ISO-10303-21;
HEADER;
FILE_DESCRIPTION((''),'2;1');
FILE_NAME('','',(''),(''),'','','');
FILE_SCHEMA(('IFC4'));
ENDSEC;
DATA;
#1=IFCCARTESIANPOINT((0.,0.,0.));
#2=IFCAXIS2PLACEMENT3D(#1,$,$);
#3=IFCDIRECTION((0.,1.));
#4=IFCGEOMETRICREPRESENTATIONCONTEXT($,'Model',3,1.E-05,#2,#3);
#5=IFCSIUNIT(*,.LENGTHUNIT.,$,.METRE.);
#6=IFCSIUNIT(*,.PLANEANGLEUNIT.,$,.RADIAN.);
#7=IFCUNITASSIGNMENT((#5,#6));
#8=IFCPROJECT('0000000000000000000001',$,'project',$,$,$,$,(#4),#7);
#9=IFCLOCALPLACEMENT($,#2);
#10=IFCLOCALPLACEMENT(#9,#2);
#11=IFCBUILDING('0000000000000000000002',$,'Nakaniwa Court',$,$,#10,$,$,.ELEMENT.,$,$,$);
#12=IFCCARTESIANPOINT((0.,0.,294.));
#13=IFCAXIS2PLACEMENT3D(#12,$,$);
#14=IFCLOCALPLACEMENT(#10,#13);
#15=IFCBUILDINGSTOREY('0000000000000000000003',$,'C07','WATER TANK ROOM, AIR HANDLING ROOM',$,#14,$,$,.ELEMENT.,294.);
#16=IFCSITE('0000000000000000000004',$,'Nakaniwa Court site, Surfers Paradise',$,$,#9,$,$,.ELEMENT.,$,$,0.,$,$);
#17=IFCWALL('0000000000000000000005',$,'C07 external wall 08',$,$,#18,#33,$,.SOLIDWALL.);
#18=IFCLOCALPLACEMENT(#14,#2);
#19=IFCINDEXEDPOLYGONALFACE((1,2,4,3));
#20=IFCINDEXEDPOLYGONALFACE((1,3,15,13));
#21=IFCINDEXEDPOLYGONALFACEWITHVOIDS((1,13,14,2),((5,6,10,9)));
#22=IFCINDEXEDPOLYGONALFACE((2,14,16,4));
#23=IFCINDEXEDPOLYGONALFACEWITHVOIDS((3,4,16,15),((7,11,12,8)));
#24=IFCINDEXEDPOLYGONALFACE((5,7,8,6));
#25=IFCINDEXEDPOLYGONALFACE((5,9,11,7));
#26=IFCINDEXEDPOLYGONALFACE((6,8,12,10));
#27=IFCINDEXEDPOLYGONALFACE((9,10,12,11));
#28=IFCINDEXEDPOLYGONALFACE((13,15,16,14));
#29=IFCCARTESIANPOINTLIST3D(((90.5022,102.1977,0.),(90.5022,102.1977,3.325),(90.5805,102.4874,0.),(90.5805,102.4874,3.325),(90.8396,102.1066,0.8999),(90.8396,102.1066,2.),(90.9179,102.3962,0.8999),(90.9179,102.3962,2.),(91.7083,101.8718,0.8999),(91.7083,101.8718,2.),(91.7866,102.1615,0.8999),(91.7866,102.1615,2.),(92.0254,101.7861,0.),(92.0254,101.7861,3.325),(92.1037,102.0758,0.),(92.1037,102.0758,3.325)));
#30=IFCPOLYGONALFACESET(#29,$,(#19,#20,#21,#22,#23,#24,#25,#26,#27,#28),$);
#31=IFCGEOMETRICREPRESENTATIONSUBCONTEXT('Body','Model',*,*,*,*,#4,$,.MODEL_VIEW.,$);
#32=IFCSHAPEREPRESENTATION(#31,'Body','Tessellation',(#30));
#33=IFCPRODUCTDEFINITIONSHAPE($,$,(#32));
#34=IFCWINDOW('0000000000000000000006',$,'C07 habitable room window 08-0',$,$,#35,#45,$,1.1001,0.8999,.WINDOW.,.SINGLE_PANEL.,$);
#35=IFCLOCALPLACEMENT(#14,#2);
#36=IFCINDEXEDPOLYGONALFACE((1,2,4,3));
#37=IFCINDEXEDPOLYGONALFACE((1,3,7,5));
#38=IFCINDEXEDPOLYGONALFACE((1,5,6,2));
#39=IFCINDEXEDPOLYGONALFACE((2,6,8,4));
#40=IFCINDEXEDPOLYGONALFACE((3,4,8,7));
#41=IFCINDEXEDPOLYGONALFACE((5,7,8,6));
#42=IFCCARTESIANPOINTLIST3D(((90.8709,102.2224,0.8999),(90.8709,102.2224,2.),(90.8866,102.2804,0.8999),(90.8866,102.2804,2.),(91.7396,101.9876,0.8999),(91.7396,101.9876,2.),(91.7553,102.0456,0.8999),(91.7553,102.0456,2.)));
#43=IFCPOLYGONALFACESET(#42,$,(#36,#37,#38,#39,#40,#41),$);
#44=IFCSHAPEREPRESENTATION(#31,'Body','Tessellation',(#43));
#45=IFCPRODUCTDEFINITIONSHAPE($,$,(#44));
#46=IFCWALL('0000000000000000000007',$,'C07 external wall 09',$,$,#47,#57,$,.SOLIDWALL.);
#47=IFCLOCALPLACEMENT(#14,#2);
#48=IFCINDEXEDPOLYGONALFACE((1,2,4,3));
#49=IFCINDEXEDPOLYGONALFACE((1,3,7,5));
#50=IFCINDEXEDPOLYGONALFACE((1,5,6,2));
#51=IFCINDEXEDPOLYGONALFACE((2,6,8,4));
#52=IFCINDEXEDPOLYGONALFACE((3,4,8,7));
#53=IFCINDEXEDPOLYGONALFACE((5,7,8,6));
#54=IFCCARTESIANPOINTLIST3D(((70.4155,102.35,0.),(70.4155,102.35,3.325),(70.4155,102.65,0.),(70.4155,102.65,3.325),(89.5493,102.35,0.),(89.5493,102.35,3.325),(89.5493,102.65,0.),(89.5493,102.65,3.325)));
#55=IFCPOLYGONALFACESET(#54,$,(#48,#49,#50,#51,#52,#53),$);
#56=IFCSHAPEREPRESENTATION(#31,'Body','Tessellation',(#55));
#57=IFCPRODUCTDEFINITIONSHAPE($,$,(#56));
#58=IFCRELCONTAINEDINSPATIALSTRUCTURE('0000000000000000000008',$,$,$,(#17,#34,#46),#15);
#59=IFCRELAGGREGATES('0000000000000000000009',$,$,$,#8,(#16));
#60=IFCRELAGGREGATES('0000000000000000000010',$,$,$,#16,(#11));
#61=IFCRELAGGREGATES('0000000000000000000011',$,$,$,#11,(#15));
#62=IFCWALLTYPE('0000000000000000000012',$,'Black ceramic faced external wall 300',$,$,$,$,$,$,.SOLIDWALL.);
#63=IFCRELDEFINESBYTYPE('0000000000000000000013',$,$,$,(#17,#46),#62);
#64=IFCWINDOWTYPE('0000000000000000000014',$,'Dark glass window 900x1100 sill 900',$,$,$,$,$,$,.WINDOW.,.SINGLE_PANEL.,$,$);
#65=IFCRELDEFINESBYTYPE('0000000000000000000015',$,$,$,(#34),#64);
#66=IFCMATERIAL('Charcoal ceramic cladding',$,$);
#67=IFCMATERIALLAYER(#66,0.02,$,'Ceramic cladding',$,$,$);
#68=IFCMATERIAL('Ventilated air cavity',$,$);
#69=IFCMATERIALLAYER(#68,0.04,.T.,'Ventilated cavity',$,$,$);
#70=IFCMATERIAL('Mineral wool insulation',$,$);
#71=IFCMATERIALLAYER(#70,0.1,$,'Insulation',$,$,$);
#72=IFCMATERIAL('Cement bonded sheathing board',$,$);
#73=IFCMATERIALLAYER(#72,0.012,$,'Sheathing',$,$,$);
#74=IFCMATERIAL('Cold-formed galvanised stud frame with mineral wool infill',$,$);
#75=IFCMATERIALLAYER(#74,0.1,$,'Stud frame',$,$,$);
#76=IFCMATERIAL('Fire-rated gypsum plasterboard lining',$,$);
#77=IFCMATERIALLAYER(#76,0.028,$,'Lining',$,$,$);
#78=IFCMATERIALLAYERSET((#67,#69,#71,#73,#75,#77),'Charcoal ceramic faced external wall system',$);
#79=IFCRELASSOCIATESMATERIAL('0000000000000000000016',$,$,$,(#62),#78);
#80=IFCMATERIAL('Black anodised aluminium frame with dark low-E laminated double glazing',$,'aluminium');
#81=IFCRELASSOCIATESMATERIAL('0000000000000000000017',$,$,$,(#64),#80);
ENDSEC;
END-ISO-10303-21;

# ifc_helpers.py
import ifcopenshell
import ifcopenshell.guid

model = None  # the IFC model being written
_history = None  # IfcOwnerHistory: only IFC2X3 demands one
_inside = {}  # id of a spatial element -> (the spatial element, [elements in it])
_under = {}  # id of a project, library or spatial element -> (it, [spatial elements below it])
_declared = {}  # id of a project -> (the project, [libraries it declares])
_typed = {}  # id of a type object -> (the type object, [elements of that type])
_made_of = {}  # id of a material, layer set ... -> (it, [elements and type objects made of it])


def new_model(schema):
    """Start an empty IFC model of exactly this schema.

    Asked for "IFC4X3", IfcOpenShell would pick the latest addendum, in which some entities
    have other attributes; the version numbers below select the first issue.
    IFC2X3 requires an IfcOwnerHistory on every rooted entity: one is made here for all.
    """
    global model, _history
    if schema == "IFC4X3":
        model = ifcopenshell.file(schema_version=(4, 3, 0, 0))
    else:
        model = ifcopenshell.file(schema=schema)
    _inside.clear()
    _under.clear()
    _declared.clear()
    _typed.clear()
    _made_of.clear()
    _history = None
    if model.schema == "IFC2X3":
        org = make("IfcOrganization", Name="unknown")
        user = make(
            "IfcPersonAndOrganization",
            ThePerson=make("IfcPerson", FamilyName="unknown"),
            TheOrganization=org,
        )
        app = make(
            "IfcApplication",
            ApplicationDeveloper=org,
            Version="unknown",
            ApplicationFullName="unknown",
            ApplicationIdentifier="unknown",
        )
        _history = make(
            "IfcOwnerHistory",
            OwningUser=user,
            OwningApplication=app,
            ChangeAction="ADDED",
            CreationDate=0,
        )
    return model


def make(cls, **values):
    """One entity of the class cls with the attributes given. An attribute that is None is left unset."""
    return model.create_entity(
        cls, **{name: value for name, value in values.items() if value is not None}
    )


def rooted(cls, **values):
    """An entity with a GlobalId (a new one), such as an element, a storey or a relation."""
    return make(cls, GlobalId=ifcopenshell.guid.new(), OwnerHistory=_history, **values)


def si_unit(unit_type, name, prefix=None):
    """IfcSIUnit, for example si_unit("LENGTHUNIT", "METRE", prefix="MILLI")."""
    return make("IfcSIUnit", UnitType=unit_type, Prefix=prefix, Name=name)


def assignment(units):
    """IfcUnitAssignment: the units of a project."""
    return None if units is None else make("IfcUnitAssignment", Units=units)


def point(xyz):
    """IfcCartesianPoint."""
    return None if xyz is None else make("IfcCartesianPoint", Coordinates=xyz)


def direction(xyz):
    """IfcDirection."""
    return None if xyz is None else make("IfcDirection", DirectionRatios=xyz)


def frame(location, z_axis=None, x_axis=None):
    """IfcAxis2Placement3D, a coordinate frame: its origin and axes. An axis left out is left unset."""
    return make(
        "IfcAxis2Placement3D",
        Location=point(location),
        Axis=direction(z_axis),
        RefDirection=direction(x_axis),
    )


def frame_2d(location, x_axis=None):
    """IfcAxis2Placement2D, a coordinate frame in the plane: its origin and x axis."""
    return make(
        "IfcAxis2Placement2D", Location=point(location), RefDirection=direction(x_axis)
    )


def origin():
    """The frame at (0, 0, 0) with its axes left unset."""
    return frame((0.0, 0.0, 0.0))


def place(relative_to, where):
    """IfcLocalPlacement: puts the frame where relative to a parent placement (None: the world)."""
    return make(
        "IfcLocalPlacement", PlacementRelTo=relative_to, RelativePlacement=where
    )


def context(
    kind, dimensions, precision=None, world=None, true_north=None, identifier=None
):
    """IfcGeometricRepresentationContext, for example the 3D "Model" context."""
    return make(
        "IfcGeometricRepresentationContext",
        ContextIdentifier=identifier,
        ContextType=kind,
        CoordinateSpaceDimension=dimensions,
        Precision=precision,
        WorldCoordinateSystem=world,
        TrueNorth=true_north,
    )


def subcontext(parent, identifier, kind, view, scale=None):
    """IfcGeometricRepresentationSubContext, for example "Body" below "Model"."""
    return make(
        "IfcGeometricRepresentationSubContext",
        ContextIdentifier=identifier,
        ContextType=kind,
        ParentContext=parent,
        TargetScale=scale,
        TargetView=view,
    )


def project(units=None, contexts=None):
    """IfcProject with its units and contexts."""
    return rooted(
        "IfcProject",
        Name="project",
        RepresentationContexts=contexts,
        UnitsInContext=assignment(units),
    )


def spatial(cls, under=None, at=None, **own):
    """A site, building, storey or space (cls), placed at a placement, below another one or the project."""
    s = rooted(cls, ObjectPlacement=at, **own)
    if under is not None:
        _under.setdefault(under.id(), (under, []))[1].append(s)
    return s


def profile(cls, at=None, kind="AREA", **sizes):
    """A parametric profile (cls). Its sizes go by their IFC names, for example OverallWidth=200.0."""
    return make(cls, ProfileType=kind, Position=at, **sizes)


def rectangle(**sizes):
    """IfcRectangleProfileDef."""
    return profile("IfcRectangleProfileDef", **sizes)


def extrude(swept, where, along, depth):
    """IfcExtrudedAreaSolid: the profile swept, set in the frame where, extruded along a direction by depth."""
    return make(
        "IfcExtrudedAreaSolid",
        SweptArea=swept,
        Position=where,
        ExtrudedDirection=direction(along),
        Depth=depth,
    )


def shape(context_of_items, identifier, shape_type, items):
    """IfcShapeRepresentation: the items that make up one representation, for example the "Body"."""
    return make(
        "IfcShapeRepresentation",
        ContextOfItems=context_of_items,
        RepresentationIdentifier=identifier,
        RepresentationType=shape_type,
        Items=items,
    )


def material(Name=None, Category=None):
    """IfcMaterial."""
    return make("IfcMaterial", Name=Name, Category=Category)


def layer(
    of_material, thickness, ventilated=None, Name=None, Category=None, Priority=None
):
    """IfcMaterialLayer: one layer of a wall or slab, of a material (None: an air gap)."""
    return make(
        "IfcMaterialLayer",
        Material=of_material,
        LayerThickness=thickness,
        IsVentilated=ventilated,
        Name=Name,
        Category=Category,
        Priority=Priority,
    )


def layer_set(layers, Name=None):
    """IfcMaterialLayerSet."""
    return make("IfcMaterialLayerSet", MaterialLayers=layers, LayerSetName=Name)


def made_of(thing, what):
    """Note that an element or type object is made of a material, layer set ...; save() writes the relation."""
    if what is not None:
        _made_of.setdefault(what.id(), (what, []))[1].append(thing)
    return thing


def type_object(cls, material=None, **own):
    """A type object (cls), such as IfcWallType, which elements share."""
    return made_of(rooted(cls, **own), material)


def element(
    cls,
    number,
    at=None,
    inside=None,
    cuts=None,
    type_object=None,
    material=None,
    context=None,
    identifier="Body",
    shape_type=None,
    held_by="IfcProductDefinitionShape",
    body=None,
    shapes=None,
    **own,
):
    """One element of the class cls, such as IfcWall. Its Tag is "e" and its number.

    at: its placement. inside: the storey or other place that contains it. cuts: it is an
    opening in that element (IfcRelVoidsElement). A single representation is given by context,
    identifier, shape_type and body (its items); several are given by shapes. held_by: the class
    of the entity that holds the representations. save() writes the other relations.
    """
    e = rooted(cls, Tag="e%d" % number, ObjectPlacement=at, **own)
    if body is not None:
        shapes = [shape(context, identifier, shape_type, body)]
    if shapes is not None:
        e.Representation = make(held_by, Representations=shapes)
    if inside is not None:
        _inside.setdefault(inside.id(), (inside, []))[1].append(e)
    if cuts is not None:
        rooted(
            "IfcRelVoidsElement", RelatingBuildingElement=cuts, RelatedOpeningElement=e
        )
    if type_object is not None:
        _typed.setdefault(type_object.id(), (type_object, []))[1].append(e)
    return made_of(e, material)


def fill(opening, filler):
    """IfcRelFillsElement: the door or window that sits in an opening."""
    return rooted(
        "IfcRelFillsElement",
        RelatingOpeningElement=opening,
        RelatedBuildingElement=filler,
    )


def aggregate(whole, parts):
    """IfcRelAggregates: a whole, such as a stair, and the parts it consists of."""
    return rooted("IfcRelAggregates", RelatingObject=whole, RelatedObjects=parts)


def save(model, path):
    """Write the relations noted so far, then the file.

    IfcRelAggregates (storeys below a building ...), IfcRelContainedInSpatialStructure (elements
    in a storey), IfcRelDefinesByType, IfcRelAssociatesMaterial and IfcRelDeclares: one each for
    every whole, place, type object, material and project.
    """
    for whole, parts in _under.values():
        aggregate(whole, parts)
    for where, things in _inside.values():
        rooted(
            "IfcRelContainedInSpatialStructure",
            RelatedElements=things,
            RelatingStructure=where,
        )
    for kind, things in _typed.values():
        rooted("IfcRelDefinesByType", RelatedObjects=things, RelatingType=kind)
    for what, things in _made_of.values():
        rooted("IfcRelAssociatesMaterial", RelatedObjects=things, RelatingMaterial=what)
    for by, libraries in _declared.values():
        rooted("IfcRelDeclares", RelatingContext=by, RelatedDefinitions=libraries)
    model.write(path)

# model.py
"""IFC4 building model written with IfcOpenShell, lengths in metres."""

from ifc_helpers import new_model, si_unit, direction, frame, frame_2d, origin, place, context, subcontext, project, spatial, rectangle, extrude, material, layer, layer_set, type_object, element, fill, save


model = new_model("IFC4")

# Units and contexts
model_context = context("Model", 3, precision=1e-05, world=origin(), true_north=direction((0.0, 1.0)))
body_context = subcontext(model_context, "Body", "Model", "MODEL_VIEW")
ifc_project = project(units=[si_unit("LENGTHUNIT", "METRE"), si_unit("PLANEANGLEUNIT", "RADIAN")], contexts=[model_context])

# Site, building, storey
site_placement = place(None, origin())
site = spatial("IfcSite", under=ifc_project, at=site_placement, Name="Nakaniwa Court site, Surfers Paradise", CompositionType="ELEMENT", RefElevation=0.0)
building_placement = place(site_placement, origin())
building = spatial("IfcBuilding", under=site, at=building_placement, Name="Nakaniwa Court", CompositionType="ELEMENT")
storey_placement = place(building_placement, frame((0.0, 0.0, 294.0)))
storey = spatial("IfcBuildingStorey", under=building, at=storey_placement, Name="C07", Description="WATER TANK ROOM, AIR HANDLING ROOM", CompositionType="ELEMENT", Elevation=294.0)

# Wall, opening, window
ifc_material_1 = material(Name="Charcoal ceramic cladding")
ifc_layer_1 = layer(ifc_material_1, 0.02, Name="Ceramic cladding")
ifc_material_2 = material(Name="Ventilated air cavity")
ifc_layer_2 = layer(ifc_material_2, 0.04, ventilated=True, Name="Ventilated cavity")
ifc_material_3 = material(Name="Mineral wool insulation")
ifc_layer_3 = layer(ifc_material_3, 0.1, Name="Insulation")
ifc_material_4 = material(Name="Cement bonded sheathing board")
ifc_layer_4 = layer(ifc_material_4, 0.012, Name="Sheathing")
ifc_material_5 = material(Name="Cold-formed galvanised stud frame with mineral wool infill")
ifc_layer_5 = layer(ifc_material_5, 0.1, Name="Stud frame")
ifc_material_6 = material(Name="Fire-rated gypsum plasterboard lining")
ifc_layer_6 = layer(ifc_material_6, 0.028, Name="Lining")
ifc_layer_set = layer_set([ifc_layer_1, ifc_layer_2, ifc_layer_3, ifc_layer_4, ifc_layer_5, ifc_layer_6], Name="Charcoal ceramic faced external wall system")
wall_type = type_object("IfcWallType", Name="Black ceramic faced external wall 300", PredefinedType="SOLIDWALL", material=ifc_layer_set)
ifc_material_7 = material(Name="Black anodised aluminium frame with dark low-E laminated double glazing", Category="aluminium")
window_type_1 = type_object("IfcWindowType", Name="Dark glass window 900x1100 sill 900", PartitioningType="SINGLE_PANEL", PredefinedType="WINDOW", material=ifc_material_7)
wall_1_placement = place(storey_placement, frame((92.0647, 101.9309, 0.0), z_axis=(0.0, 0.0, 1.0), x_axis=(-0.965372, 0.260878, 0.0)))
wall_1 = element("IfcWall", 1, at=wall_1_placement, inside=storey, type_object=wall_type, Name="C07 external wall 08", PredefinedType="SOLIDWALL", context=body_context, shape_type="SweptSolid", body=[
    extrude(rectangle(XDim=1.5779, YDim=0.3, at=frame_2d((0.7891, 0.0))), origin(), (0.0, 0.0, 1.0), 3.325),
])
opening_1_placement = place(wall_1_placement, frame((0.3286, 0.0, 0.8999)))
opening_1 = element("IfcOpeningElement", 2, at=opening_1_placement, cuts=wall_1, PredefinedType="OPENING", context=body_context, shape_type="SweptSolid", body=[
    extrude(rectangle(XDim=0.8999, YDim=1.1001, at=frame_2d((0.45, 0.55))), frame((0.0, 0.1599, 0.0), z_axis=(0.0, -1.0, 0.0), x_axis=(1.0, 0.0, 0.0)), (0.0, 0.0, 1.0), 0.3201),
])
window_1_placement = place(opening_1_placement, origin())
window_1 = element("IfcWindow", 3, at=window_1_placement, inside=storey, type_object=window_type_1, Name="C07 habitable room window 08-0", OverallHeight=1.1001, OverallWidth=0.8999, PartitioningType="SINGLE_PANEL", PredefinedType="WINDOW", context=body_context, shape_type="SweptSolid", body=[
    extrude(rectangle(XDim=0.8999, YDim=1.1001, at=frame_2d((0.45, 0.55))), frame((0.0, 0.03, 0.0), z_axis=(0.0, -1.0, 0.0), x_axis=(1.0, 0.0, 0.0)), (0.0, 0.0, 1.0), 0.0601),
])
fill(opening_1, window_1)

# Wall
wall_2_placement = place(storey_placement, frame((89.5493, 102.5, 0.0), z_axis=(0.0, 0.0, 1.0), x_axis=(-1.0, 0.0, 0.0)))
element("IfcWall", 4, at=wall_2_placement, inside=storey, type_object=wall_type, Name="C07 external wall 09", PredefinedType="SOLIDWALL", context=body_context, shape_type="SweptSolid", body=[
    extrude(rectangle(XDim=19.1338, YDim=0.3, at=frame_2d((9.5669, 0.0))), origin(), (0.0, 0.0, 1.0), 3.325),
])

save(model, "model.ifc")
